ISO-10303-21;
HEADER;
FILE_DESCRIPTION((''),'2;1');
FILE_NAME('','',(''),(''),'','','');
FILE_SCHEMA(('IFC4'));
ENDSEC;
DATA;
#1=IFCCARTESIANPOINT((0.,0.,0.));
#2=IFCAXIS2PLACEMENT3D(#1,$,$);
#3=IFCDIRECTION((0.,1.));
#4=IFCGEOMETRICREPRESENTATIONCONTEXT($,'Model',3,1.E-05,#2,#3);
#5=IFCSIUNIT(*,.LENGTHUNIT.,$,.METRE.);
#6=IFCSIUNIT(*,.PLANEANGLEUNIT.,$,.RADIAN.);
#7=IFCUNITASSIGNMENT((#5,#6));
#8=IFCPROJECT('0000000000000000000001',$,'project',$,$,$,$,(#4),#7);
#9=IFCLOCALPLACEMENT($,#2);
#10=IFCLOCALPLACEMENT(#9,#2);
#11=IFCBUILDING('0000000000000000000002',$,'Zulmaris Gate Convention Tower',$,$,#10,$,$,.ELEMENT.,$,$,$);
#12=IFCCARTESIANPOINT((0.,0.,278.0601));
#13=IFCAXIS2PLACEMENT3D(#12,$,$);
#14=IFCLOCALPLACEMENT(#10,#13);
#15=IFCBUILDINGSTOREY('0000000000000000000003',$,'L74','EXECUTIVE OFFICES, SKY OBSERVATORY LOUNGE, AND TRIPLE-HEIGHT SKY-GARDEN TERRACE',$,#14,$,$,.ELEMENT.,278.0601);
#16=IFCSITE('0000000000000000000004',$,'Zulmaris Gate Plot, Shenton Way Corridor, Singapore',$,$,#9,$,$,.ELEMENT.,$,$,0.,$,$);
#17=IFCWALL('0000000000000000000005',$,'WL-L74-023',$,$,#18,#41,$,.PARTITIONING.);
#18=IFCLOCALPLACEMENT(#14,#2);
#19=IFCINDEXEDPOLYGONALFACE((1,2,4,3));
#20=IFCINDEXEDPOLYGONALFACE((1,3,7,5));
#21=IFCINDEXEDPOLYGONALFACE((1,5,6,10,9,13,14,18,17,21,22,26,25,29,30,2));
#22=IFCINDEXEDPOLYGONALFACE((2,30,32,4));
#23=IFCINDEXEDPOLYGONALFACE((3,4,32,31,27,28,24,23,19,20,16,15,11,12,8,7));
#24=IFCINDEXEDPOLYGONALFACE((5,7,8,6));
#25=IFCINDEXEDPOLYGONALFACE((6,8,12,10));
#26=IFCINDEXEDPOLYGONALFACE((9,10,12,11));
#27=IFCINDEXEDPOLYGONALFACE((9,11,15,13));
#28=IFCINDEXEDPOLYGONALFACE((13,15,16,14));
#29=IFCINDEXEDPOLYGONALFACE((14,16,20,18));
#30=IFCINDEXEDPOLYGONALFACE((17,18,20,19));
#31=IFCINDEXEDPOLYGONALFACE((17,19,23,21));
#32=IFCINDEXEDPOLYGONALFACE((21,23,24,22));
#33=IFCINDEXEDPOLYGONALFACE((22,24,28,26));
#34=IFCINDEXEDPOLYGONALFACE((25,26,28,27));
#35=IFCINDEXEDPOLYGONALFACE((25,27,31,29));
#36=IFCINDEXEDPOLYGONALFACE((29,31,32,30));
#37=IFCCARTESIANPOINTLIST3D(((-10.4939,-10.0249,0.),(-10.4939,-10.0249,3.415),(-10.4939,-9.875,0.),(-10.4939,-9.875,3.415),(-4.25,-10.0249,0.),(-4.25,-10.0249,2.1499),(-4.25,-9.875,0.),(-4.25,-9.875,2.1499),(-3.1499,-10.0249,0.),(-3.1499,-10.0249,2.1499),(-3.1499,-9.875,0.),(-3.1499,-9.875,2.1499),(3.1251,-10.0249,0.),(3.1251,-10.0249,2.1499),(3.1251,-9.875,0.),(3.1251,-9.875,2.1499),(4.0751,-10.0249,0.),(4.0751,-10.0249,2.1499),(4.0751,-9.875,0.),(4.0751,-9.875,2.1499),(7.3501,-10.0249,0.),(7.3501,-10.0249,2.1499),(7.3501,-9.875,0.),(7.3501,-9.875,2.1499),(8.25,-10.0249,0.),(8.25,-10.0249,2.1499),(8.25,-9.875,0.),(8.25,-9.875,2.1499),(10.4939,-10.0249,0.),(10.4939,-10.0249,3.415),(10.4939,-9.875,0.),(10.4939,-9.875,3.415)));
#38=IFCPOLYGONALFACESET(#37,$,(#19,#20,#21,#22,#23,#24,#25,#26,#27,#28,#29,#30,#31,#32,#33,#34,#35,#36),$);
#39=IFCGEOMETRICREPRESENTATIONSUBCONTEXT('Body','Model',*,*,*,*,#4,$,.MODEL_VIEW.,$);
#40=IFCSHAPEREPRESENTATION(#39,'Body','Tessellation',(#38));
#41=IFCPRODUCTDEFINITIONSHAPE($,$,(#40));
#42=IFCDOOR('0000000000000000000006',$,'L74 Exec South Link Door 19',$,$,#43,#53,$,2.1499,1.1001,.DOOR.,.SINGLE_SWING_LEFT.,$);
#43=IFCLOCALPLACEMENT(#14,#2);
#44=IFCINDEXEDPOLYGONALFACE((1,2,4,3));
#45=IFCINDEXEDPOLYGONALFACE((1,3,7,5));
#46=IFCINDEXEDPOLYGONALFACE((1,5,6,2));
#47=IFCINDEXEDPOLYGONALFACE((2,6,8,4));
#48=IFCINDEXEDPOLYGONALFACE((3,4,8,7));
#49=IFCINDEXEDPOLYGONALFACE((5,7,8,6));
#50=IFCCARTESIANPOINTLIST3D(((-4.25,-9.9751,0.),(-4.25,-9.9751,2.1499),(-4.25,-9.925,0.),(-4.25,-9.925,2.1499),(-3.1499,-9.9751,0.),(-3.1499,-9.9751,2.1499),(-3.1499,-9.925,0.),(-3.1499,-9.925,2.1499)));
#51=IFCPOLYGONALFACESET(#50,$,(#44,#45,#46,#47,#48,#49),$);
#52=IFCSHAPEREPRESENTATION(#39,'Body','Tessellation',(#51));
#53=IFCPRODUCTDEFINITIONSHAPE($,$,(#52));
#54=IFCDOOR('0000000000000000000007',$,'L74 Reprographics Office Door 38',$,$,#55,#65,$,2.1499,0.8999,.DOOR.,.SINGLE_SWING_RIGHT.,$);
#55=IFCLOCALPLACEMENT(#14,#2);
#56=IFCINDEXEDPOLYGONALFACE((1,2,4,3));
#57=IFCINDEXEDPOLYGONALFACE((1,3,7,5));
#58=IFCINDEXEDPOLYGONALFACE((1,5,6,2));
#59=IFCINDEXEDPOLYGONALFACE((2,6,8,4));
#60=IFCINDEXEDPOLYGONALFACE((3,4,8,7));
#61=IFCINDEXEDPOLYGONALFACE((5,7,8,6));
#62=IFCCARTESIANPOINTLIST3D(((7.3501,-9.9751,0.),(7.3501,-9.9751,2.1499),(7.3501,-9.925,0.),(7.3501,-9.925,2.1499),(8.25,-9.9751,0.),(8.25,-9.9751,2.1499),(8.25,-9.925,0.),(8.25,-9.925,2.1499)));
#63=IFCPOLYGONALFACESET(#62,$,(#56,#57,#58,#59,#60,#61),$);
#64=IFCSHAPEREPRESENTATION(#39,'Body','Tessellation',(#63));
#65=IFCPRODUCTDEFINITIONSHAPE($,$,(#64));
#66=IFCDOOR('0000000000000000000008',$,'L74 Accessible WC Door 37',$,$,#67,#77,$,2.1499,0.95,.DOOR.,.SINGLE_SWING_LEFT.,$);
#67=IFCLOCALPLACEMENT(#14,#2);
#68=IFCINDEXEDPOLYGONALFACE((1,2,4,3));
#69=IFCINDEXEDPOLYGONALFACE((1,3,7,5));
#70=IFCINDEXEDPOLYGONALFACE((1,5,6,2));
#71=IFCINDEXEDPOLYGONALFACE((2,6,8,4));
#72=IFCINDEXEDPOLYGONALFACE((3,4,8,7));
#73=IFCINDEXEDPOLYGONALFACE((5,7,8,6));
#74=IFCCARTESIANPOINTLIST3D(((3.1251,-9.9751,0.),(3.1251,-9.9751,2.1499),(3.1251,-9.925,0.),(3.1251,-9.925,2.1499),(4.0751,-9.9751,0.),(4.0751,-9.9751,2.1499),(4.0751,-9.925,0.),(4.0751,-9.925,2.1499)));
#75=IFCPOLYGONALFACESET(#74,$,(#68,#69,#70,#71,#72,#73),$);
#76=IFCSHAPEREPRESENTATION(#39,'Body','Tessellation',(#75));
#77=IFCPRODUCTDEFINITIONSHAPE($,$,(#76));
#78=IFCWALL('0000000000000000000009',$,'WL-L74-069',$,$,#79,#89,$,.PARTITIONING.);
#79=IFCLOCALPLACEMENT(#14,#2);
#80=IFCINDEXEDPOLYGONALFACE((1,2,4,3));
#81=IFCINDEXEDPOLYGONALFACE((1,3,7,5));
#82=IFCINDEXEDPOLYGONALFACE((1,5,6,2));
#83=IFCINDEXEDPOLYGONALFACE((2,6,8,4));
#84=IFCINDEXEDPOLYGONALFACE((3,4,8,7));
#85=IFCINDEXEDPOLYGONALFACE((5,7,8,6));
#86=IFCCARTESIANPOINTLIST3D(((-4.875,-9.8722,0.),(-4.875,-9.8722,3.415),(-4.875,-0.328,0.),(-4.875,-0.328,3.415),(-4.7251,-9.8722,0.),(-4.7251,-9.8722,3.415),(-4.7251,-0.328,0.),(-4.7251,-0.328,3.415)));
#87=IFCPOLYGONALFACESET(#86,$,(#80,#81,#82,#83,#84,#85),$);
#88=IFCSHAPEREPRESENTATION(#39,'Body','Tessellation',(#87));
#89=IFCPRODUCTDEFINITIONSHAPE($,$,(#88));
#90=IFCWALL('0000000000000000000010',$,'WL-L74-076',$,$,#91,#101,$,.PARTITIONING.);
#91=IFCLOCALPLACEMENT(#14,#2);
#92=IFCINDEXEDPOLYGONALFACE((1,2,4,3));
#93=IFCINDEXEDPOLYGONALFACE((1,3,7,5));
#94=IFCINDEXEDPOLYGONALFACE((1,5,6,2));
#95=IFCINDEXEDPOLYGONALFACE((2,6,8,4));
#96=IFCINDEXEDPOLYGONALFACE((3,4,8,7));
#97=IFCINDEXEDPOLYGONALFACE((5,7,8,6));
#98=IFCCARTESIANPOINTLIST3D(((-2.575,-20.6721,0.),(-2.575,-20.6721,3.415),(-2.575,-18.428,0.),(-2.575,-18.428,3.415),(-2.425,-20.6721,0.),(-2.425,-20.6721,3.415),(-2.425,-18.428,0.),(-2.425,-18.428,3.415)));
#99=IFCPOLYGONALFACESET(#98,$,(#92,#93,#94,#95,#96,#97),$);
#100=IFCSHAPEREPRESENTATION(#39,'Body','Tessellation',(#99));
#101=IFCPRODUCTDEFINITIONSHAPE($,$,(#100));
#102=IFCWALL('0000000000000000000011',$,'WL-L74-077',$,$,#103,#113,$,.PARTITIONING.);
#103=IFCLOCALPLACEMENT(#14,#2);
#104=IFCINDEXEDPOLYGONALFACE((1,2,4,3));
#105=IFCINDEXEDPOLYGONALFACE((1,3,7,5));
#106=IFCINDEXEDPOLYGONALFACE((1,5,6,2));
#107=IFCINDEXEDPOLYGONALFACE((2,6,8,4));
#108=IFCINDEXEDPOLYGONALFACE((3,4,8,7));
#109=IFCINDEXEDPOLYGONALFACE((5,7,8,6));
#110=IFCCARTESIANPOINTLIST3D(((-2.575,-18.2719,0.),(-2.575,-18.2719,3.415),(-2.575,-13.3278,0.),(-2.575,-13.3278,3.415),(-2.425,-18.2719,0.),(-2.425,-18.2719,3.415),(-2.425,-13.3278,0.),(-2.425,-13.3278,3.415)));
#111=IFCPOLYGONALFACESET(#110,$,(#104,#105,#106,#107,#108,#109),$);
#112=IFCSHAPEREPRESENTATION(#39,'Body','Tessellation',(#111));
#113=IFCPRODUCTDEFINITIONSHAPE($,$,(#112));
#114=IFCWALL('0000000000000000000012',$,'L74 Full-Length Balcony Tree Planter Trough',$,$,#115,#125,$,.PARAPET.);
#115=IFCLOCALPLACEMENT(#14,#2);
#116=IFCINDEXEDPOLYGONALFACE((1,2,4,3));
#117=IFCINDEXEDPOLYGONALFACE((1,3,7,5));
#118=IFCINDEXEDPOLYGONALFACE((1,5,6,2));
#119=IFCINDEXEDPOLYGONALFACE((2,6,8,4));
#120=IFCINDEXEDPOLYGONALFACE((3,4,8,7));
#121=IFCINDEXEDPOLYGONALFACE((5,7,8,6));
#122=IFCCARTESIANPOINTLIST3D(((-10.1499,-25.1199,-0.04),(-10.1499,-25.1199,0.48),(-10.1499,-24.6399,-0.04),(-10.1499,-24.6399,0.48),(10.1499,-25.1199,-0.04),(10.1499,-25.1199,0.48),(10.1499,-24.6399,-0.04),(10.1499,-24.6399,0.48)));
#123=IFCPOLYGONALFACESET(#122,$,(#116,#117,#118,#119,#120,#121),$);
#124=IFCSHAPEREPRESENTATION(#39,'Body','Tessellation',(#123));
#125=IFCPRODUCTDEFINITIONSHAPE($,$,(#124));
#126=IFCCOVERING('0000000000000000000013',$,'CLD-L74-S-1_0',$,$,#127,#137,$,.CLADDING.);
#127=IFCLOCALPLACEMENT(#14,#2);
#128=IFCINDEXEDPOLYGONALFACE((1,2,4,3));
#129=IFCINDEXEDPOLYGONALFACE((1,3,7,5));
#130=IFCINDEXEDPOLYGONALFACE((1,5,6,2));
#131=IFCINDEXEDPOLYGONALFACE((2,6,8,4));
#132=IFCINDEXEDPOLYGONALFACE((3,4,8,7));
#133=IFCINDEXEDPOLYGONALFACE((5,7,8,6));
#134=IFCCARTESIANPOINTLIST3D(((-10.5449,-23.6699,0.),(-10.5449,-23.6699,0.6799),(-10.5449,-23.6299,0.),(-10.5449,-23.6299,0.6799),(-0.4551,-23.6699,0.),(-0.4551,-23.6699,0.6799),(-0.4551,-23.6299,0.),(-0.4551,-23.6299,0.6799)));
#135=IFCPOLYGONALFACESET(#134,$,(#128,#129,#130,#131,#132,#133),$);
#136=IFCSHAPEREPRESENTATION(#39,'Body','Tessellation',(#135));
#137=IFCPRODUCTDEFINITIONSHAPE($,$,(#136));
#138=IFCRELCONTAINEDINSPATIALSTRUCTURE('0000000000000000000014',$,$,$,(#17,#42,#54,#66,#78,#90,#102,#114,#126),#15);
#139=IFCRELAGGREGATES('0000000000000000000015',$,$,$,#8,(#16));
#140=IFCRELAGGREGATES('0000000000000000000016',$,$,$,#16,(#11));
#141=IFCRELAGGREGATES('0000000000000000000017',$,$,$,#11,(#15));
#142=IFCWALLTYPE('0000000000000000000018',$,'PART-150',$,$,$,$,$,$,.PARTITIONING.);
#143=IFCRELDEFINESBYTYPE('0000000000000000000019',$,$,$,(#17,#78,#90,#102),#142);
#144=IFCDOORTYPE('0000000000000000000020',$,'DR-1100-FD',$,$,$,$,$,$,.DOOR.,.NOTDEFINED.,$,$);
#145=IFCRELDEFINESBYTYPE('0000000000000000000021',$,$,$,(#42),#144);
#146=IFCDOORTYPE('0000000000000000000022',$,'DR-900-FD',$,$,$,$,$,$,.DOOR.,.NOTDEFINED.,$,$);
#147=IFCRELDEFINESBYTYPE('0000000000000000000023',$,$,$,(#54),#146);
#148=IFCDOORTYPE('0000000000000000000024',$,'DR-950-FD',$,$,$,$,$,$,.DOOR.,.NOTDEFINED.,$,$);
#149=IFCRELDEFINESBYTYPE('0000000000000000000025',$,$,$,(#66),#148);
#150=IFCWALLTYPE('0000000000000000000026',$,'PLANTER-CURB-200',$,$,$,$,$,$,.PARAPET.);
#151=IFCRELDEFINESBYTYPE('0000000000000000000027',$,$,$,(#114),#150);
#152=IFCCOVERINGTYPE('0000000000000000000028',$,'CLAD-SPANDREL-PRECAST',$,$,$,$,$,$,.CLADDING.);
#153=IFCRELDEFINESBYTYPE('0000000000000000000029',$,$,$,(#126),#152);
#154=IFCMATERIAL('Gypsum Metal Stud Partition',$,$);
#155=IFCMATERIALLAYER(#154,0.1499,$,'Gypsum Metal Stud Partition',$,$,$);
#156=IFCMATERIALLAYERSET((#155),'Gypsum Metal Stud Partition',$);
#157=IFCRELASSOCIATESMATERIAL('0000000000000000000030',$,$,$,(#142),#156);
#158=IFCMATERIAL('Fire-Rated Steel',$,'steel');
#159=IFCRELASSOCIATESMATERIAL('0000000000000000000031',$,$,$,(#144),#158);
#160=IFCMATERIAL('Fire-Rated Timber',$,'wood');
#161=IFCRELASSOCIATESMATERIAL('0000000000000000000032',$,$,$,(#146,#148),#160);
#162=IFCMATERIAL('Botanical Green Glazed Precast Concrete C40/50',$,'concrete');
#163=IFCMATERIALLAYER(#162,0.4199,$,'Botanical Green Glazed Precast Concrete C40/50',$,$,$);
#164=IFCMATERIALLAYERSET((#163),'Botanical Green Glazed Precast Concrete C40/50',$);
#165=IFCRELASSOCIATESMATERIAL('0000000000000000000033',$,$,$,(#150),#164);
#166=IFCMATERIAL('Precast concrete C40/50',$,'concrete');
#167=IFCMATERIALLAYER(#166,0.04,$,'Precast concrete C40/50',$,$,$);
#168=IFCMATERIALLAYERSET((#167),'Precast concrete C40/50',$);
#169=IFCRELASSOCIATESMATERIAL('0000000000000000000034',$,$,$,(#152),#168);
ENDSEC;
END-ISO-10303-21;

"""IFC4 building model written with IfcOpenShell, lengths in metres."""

from ifc_helpers import new_model, si_unit, direction, frame, frame_2d, origin, place, context, subcontext, project, spatial, rectangle, extrude, material, layer, layer_set, type_object, element, fill, save


model = new_model("IFC4")

# Units and contexts
model_context = context("Model", 3, precision=1e-05, world=origin(), true_north=direction((0.0, 1.0)))
body_context = subcontext(model_context, "Body", "Model", "MODEL_VIEW")
ifc_project = project(units=[si_unit("LENGTHUNIT", "METRE"), si_unit("PLANEANGLEUNIT", "RADIAN")], contexts=[model_context])

# Site, building, storey
site_placement = place(None, origin())
site = spatial("IfcSite", under=ifc_project, at=site_placement, Name="Zulmaris Gate Plot, Shenton Way Corridor, Singapore", CompositionType="ELEMENT", RefElevation=0.0)
building_placement = place(site_placement, origin())
building = spatial("IfcBuilding", under=site, at=building_placement, Name="Zulmaris Gate Convention Tower", CompositionType="ELEMENT")
storey_placement = place(building_placement, frame((0.0, 0.0, 278.0601)))
storey = spatial("IfcBuildingStorey", under=building, at=storey_placement, Name="L74", Description="EXECUTIVE OFFICES, SKY OBSERVATORY LOUNGE, AND TRIPLE-HEIGHT SKY-GARDEN TERRACE", CompositionType="ELEMENT", Elevation=278.0601)

# Shared definitions
ifc_material_1 = material(Name="Gypsum Metal Stud Partition")
ifc_layer_1 = layer(ifc_material_1, 0.1499, Name="Gypsum Metal Stud Partition")
ifc_layer_set_1 = layer_set([ifc_layer_1], Name="Gypsum Metal Stud Partition")
wall_type_1 = type_object("IfcWallType", Name="PART-150", PredefinedType="PARTITIONING", material=ifc_layer_set_1)

# Wall, openings, doors
wall_1_placement = place(storey_placement, frame((-10.4939, -9.95, 0.0), z_axis=(0.0, 0.0, 1.0), x_axis=(1.0, 0.0, 0.0)))
wall_1 = element("IfcWall", 1, at=wall_1_placement, inside=storey, type_object=wall_type_1, Name="WL-L74-023", PredefinedType="PARTITIONING", context=body_context, shape_type="SweptSolid", body=[
    extrude(rectangle(XDim=20.9878, YDim=0.1499, at=frame_2d((10.4939, 0.0))), origin(), (0.0, 0.0, 1.0), 3.415),
])
opening_1_placement = place(wall_1_placement, frame((6.2439, 0.0, 0.0)))
opening_1 = element("IfcOpeningElement", 2, at=opening_1_placement, cuts=wall_1, PredefinedType="OPENING", context=body_context, shape_type="SweptSolid", body=[
    extrude(rectangle(XDim=1.1001, YDim=2.1499, at=frame_2d((0.55, 1.075))), frame((0.0, 0.085, 0.0), z_axis=(0.0, -1.0, 0.0), x_axis=(1.0, 0.0, 0.0)), (0.0, 0.0, 1.0), 0.1699),
])
opening_2_placement = place(wall_1_placement, frame((13.6189, 0.0, 0.0)))
opening_2 = element("IfcOpeningElement", 3, at=opening_2_placement, cuts=wall_1, PredefinedType="OPENING", context=body_context, shape_type="SweptSolid", body=[
    extrude(rectangle(XDim=0.95, YDim=2.1499, at=frame_2d((0.4751, 1.075))), frame((0.0, 0.085, 0.0), z_axis=(0.0, -1.0, 0.0), x_axis=(1.0, 0.0, 0.0)), (0.0, 0.0, 1.0), 0.1699),
])
opening_3_placement = place(wall_1_placement, frame((17.844, 0.0, 0.0)))
opening_3 = element("IfcOpeningElement", 4, at=opening_3_placement, cuts=wall_1, PredefinedType="OPENING", context=body_context, shape_type="SweptSolid", body=[
    extrude(rectangle(XDim=0.8999, YDim=2.1499, at=frame_2d((0.45, 1.075))), frame((0.0, 0.085, 0.0), z_axis=(0.0, -1.0, 0.0), x_axis=(1.0, 0.0, 0.0)), (0.0, 0.0, 1.0), 0.1699),
])
ifc_material_2 = material(Name="Fire-Rated Steel", Category="steel")
door_type_1 = type_object("IfcDoorType", Name="DR-1100-FD", OperationType="NOTDEFINED", PredefinedType="DOOR", material=ifc_material_2)
door_1_placement = place(opening_1_placement, origin())
door_1 = element("IfcDoor", 5, at=door_1_placement, inside=storey, type_object=door_type_1, Name="L74 Exec South Link Door 19", OperationType="SINGLE_SWING_LEFT", OverallHeight=2.1499, OverallWidth=1.1001, PredefinedType="DOOR", context=body_context, shape_type="SweptSolid", body=[
    extrude(rectangle(XDim=1.1001, YDim=2.1499, at=frame_2d((0.55, 1.075))), frame((0.0, 0.0249, 0.0), z_axis=(0.0, -1.0, 0.0), x_axis=(1.0, 0.0, 0.0)), (0.0, 0.0, 1.0), 0.05),
])
fill(opening_1, door_1)
ifc_material_3 = material(Name="Fire-Rated Timber", Category="wood")
door_type_2 = type_object("IfcDoorType", Name="DR-900-FD", OperationType="NOTDEFINED", PredefinedType="DOOR", material=ifc_material_3)
door_2_placement = place(opening_3_placement, origin())
door_2 = element("IfcDoor", 6, at=door_2_placement, inside=storey, type_object=door_type_2, Name="L74 Reprographics Office Door 38", OperationType="SINGLE_SWING_RIGHT", OverallHeight=2.1499, OverallWidth=0.8999, PredefinedType="DOOR", context=body_context, shape_type="SweptSolid", body=[
    extrude(rectangle(XDim=0.8999, YDim=2.1499, at=frame_2d((0.45, 1.075))), frame((0.0, 0.0249, 0.0), z_axis=(0.0, -1.0, 0.0), x_axis=(1.0, 0.0, 0.0)), (0.0, 0.0, 1.0), 0.05),
])
fill(opening_3, door_2)
door_type_3 = type_object("IfcDoorType", Name="DR-950-FD", OperationType="NOTDEFINED", PredefinedType="DOOR", material=ifc_material_3)
door_3_placement = place(opening_2_placement, origin())
door_3 = element("IfcDoor", 7, at=door_3_placement, inside=storey, type_object=door_type_3, Name="L74 Accessible WC Door 37", OperationType="SINGLE_SWING_LEFT", OverallHeight=2.1499, OverallWidth=0.95, PredefinedType="DOOR", context=body_context, shape_type="SweptSolid", body=[
    extrude(rectangle(XDim=0.95, YDim=2.1499, at=frame_2d((0.4751, 1.075))), frame((0.0, 0.0249, 0.0), z_axis=(0.0, -1.0, 0.0), x_axis=(1.0, 0.0, 0.0)), (0.0, 0.0, 1.0), 0.05),
])
fill(opening_2, door_3)

# Wall
wall_2_placement = place(storey_placement, frame((-4.8, -9.8721, 0.0), z_axis=(0.0, 0.0, 1.0), x_axis=(0.0, 1.0, 0.0)))
element("IfcWall", 8, at=wall_2_placement, inside=storey, type_object=wall_type_1, Name="WL-L74-069", PredefinedType="PARTITIONING", context=body_context, shape_type="SweptSolid", body=[
    extrude(rectangle(XDim=9.5442, YDim=0.1499, at=frame_2d((4.772, 0.0))), origin(), (0.0, 0.0, 1.0), 3.415),
])

# Walls
wall_3_placement = place(storey_placement, frame((-2.5, -20.6721, 0.0), z_axis=(0.0, 0.0, 1.0), x_axis=(0.0, 1.0, 0.0)))
element("IfcWall", 9, at=wall_3_placement, inside=storey, type_object=wall_type_1, Name="WL-L74-076", PredefinedType="PARTITIONING", context=body_context, shape_type="SweptSolid", body=[
    extrude(rectangle(XDim=2.2441, YDim=0.1499, at=frame_2d((1.1221, 0.0))), origin(), (0.0, 0.0, 1.0), 3.415),
])
wall_4_placement = place(storey_placement, frame((-2.5, -18.272, 0.0), z_axis=(0.0, 0.0, 1.0), x_axis=(0.0, 1.0, 0.0)))
element("IfcWall", 10, at=wall_4_placement, inside=storey, type_object=wall_type_1, Name="WL-L74-077", PredefinedType="PARTITIONING", context=body_context, shape_type="SweptSolid", body=[
    extrude(rectangle(XDim=4.9441, YDim=0.1499, at=frame_2d((2.4722, 0.0))), origin(), (0.0, 0.0, 1.0), 3.415),
])
ifc_material_4 = material(Name="Botanical Green Glazed Precast Concrete C40/50", Category="concrete")
ifc_layer_2 = layer(ifc_material_4, 0.4199, Name="Botanical Green Glazed Precast Concrete C40/50")
ifc_layer_set_2 = layer_set([ifc_layer_2], Name="Botanical Green Glazed Precast Concrete C40/50")
wall_type_2 = type_object("IfcWallType", Name="PLANTER-CURB-200", PredefinedType="PARAPET", material=ifc_layer_set_2)
wall_5_placement = place(storey_placement, frame((-10.1499, -24.8799, -0.04), z_axis=(0.0, 0.0, 1.0), x_axis=(1.0, 0.0, 0.0)))
element("IfcWall", 11, at=wall_5_placement, inside=storey, type_object=wall_type_2, Name="L74 Full-Length Balcony Tree Planter Trough", PredefinedType="PARAPET", context=body_context, shape_type="SweptSolid", body=[
    extrude(rectangle(XDim=20.2998, YDim=0.48, at=frame_2d((10.1499, 0.0))), origin(), (0.0, 0.0, 1.0), 0.52),
])

# Shared definitions
ifc_material_5 = material(Name="Precast concrete C40/50", Category="concrete")

# Covering
ifc_layer_3 = layer(ifc_material_5, 0.04, Name="Precast concrete C40/50")
ifc_layer_set_3 = layer_set([ifc_layer_3], Name="Precast concrete C40/50")
covering_type = type_object("IfcCoveringType", Name="CLAD-SPANDREL-PRECAST", PredefinedType="CLADDING", material=ifc_layer_set_3)
covering_placement = place(storey_placement, frame((-10.5449, -23.6499, 0.0), z_axis=(0.0, 0.0, 1.0), x_axis=(1.0, 0.0, 0.0)))
element("IfcCovering", 12, at=covering_placement, inside=storey, type_object=covering_type, Name="CLD-L74-S-1_0", PredefinedType="CLADDING", context=body_context, shape_type="SweptSolid", body=[
    extrude(rectangle(XDim=10.0898, YDim=0.04, at=frame_2d((5.0449, 0.0))), origin(), (0.0, 0.0, 1.0), 0.6799),
])

save(model, "model.ifc")
